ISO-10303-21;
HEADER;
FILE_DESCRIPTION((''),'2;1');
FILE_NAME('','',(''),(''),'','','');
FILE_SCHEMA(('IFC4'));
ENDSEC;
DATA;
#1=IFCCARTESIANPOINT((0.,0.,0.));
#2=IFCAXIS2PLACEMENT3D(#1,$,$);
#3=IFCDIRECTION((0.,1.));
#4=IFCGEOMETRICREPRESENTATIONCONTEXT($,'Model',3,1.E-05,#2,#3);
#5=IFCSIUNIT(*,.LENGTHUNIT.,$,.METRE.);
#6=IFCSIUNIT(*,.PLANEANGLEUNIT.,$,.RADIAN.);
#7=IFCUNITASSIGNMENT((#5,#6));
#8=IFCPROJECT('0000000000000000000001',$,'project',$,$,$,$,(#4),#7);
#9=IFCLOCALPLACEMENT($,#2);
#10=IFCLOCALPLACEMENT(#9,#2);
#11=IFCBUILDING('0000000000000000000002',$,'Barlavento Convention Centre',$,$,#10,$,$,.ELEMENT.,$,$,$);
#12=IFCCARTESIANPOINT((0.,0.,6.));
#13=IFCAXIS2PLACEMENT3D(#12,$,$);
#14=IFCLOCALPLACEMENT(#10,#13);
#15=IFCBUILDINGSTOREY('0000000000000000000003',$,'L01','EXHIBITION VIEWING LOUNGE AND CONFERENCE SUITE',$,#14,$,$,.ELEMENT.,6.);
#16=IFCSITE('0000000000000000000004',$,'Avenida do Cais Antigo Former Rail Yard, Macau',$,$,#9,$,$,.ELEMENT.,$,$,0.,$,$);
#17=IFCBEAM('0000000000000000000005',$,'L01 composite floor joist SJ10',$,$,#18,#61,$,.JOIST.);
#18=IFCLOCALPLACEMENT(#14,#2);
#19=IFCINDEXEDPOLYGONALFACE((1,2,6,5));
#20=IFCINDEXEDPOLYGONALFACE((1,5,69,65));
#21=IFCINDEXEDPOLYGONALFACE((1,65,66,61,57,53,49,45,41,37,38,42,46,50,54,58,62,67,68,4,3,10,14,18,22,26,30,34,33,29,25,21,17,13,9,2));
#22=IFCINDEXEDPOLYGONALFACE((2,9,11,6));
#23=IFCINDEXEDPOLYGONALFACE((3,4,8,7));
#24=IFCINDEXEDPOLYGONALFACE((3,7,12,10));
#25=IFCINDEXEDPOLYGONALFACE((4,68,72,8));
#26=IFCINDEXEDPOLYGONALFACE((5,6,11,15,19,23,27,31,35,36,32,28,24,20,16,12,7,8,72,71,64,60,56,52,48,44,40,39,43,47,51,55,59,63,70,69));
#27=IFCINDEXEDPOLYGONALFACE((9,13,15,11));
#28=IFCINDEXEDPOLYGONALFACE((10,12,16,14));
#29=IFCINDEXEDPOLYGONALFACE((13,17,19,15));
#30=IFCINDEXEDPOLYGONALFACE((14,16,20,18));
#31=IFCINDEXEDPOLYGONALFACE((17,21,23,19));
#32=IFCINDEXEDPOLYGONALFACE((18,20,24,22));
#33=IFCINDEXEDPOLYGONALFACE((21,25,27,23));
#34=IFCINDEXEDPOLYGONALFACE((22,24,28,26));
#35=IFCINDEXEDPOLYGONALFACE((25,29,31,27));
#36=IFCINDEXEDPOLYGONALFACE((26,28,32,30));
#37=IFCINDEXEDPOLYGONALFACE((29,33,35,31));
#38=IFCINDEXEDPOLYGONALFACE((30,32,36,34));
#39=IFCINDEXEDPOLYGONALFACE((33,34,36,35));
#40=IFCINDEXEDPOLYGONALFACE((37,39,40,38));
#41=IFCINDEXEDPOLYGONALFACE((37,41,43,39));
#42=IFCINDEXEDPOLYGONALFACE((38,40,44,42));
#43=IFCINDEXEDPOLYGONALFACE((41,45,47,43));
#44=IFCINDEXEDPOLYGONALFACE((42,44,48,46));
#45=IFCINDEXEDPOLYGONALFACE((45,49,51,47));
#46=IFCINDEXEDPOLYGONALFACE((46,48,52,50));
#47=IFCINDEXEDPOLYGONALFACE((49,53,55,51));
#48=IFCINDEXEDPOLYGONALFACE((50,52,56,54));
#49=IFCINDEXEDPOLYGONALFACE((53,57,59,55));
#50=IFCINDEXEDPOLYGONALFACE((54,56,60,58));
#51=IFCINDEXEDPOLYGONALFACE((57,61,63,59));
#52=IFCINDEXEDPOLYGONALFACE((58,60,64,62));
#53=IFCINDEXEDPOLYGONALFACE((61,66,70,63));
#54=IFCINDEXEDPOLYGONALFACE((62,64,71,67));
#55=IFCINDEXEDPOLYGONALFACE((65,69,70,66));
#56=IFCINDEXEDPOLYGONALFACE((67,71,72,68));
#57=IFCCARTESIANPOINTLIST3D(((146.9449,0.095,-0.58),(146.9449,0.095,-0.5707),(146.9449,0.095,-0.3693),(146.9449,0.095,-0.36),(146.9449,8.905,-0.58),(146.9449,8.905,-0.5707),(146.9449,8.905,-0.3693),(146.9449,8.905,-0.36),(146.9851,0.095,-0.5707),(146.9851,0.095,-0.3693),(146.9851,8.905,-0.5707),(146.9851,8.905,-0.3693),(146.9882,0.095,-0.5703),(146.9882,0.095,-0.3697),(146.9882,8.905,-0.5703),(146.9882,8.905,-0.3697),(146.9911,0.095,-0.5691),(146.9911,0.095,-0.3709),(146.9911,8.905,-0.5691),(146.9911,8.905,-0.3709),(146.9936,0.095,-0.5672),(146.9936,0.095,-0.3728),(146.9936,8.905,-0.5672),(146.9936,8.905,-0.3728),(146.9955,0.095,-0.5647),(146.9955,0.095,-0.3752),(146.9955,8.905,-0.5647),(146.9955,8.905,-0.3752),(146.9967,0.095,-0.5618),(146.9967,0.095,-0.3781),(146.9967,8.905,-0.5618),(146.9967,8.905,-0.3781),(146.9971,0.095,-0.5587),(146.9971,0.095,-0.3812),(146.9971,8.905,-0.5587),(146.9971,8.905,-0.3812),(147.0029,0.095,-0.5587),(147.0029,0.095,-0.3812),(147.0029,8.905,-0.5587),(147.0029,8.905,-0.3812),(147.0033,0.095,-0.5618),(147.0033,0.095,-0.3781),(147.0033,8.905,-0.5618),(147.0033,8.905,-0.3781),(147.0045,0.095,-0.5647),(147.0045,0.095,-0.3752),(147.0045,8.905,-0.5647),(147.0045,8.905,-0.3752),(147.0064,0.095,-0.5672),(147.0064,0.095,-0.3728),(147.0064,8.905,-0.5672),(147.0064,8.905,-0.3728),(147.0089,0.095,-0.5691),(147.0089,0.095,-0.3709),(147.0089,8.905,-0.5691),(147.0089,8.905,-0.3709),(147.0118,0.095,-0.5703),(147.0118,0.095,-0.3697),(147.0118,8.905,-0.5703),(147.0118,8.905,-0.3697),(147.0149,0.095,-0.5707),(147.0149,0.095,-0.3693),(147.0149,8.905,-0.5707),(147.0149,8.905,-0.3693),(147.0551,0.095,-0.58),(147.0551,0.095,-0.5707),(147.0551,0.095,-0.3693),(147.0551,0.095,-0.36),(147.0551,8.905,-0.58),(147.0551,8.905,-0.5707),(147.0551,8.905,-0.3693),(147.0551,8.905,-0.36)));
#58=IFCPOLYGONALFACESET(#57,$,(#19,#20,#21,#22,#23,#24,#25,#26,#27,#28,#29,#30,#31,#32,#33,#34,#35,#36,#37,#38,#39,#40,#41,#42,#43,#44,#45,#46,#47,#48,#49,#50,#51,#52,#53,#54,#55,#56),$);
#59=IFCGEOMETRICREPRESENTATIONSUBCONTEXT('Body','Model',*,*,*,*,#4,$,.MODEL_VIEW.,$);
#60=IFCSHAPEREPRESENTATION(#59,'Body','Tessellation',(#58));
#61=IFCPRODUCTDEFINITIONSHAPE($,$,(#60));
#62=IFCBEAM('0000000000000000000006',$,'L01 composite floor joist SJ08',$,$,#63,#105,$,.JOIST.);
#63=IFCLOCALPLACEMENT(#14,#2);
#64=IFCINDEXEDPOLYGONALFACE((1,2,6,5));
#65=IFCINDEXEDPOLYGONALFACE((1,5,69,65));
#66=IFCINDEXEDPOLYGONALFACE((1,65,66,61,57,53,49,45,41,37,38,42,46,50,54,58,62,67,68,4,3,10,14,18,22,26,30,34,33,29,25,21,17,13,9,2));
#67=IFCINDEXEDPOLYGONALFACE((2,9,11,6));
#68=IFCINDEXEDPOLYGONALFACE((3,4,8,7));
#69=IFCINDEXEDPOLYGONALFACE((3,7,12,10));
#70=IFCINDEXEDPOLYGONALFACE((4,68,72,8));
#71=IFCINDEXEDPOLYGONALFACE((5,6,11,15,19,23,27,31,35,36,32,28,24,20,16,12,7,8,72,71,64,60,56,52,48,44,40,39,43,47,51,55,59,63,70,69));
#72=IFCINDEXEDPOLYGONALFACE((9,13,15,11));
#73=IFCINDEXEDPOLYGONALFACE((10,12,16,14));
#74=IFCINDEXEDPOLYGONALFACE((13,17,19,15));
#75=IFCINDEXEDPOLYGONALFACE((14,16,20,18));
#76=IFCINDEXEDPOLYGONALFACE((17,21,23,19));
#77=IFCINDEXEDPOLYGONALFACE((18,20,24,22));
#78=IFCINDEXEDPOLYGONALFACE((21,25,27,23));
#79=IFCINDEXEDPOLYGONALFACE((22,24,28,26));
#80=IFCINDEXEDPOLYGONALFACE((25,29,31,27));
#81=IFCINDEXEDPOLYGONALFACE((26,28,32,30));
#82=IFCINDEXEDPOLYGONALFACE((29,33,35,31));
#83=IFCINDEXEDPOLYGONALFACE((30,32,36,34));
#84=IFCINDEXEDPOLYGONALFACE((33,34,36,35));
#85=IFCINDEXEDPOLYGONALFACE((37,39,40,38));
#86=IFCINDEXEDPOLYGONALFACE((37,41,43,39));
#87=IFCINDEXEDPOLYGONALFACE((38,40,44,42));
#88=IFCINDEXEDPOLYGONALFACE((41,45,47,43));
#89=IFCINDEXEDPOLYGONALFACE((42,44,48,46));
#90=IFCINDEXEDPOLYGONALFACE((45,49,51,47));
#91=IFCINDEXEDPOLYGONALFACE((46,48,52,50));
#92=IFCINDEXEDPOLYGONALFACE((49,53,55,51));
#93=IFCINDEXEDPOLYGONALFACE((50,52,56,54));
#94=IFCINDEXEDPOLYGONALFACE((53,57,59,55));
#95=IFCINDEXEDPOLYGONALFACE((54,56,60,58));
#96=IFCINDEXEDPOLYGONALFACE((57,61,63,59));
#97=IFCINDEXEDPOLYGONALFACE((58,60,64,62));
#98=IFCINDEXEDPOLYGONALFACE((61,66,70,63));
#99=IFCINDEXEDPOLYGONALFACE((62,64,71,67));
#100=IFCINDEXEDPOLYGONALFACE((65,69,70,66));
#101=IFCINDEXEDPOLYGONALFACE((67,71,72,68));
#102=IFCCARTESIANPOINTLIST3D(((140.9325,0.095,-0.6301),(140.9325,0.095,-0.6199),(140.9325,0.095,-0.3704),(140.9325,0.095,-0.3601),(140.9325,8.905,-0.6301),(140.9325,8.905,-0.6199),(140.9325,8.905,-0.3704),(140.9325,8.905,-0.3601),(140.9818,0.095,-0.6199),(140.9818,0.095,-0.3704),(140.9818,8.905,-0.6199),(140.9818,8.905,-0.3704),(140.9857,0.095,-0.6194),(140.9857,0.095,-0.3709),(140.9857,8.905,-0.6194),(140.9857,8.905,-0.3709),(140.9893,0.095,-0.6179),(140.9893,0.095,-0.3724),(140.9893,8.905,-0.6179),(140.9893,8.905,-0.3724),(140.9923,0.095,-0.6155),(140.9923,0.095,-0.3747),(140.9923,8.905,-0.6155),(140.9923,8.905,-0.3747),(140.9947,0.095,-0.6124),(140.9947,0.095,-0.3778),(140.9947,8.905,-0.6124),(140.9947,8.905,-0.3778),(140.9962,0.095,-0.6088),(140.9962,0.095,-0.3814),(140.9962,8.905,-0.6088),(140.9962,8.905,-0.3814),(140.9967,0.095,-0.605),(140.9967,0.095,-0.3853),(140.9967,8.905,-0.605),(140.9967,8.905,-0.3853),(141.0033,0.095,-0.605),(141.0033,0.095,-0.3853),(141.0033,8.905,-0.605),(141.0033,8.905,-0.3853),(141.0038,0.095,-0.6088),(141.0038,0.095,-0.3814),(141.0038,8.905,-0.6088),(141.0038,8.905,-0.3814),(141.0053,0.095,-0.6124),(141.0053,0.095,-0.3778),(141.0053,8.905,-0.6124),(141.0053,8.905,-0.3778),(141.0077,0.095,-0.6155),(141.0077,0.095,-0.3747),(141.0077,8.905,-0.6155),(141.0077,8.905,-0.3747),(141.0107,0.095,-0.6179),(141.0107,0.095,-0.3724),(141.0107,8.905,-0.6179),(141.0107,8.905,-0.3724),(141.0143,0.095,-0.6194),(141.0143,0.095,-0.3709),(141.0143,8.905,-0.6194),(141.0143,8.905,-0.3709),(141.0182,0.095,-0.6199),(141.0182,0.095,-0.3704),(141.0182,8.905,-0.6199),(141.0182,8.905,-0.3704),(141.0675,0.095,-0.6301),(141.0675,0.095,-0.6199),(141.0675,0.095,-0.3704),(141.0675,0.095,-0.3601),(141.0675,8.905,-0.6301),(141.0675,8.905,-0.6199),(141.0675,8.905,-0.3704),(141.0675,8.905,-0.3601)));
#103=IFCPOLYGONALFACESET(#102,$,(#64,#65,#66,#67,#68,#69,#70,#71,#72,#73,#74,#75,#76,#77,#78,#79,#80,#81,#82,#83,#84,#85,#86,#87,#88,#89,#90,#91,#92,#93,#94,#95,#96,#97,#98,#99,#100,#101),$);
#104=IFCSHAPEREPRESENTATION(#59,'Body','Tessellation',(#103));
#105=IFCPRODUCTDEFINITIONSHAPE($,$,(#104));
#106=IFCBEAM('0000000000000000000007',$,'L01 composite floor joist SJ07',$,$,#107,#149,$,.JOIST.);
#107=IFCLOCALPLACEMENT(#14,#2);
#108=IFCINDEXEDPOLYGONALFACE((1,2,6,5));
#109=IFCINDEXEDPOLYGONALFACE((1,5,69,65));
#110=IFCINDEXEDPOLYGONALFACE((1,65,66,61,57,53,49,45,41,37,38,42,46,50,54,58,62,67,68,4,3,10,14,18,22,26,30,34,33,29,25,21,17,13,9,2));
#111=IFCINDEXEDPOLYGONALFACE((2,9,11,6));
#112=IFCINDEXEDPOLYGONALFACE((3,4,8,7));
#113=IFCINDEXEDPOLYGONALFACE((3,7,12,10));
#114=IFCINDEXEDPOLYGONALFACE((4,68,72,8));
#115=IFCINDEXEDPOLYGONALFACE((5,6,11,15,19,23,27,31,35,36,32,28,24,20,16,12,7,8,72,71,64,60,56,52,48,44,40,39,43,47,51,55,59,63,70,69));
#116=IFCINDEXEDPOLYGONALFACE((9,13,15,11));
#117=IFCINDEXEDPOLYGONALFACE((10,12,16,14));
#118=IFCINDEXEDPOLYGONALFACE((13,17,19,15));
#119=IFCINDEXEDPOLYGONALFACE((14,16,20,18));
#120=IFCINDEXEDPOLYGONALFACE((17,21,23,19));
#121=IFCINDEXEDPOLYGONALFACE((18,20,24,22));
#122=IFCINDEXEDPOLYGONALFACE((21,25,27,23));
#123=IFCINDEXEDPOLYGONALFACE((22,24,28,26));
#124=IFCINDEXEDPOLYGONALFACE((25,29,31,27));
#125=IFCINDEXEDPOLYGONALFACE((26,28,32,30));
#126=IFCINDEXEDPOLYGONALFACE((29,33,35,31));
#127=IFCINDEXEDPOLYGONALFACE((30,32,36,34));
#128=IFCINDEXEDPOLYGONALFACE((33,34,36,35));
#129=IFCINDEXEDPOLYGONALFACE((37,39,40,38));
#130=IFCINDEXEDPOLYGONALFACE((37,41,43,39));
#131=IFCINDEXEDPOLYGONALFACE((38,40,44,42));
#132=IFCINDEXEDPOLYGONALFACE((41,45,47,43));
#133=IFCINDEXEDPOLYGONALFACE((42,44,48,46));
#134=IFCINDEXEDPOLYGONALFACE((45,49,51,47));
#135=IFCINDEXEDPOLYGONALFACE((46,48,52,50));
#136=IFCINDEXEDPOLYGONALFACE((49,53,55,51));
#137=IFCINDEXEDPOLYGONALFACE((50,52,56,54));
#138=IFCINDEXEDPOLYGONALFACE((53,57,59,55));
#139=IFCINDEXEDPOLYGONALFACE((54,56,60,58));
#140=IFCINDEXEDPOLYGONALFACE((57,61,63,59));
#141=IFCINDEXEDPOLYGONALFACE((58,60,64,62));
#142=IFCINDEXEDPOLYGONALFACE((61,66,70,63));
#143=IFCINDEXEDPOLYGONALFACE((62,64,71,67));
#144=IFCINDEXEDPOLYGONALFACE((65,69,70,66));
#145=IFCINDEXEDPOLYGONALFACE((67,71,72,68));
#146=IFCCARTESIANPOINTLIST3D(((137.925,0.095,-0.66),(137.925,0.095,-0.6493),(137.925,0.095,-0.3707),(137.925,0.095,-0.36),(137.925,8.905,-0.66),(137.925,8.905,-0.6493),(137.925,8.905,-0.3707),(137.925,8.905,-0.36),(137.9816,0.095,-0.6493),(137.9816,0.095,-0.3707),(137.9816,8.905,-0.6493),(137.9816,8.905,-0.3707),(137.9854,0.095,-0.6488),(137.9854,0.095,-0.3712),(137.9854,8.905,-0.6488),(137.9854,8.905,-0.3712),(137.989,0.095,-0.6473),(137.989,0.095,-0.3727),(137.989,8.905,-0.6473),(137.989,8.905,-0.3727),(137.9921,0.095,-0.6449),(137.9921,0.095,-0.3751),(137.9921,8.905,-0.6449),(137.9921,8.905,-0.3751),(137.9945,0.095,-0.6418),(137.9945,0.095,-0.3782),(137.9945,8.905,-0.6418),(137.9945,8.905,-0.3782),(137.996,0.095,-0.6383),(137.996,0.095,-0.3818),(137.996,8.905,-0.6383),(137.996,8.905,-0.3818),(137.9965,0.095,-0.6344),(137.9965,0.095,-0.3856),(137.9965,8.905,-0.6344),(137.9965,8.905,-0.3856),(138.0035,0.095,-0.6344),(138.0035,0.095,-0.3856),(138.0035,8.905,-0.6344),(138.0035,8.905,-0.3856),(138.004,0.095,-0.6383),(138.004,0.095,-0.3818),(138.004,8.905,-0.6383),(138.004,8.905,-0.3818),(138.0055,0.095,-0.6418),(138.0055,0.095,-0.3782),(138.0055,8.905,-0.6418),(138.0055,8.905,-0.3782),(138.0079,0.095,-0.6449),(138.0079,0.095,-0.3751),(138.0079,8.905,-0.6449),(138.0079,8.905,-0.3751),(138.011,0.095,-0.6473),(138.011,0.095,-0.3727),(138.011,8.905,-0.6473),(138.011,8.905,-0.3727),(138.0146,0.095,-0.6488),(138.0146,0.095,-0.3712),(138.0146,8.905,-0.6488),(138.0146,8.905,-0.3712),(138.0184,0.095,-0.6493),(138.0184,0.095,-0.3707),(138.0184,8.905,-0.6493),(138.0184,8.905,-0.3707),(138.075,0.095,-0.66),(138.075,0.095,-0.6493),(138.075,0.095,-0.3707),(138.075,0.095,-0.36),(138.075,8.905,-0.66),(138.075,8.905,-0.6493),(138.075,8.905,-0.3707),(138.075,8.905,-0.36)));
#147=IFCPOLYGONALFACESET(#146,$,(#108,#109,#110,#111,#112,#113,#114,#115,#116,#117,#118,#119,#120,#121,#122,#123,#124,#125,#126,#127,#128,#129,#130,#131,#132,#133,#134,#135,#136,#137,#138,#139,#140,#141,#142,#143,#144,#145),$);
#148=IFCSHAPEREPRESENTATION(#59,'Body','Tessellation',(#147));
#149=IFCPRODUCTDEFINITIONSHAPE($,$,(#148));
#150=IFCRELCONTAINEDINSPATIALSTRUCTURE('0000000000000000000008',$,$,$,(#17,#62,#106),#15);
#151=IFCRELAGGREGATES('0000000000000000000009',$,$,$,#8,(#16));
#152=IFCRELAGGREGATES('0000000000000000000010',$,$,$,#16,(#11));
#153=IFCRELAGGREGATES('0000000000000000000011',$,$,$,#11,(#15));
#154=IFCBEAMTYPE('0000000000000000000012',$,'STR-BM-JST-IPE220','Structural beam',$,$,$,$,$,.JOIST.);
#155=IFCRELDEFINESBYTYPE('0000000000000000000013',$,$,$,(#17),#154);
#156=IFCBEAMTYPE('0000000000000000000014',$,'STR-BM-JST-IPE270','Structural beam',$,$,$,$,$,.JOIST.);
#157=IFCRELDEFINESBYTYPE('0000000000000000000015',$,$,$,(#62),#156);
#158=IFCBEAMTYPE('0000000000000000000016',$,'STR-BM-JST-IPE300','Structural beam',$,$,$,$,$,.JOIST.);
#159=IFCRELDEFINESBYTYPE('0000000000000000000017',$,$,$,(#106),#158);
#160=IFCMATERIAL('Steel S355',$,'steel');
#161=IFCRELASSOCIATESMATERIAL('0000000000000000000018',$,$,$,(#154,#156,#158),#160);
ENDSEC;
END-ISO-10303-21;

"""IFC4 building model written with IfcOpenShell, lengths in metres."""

from ifc_helpers import new_model, si_unit, direction, frame, origin, origin_2d, place, context, subcontext, project, spatial, i_section, extrude, material, material_profile, profile_set, type_object, element, save


model = new_model("IFC4")

# Units and contexts
model_context = context("Model", 3, precision=1e-05, world=origin(), true_north=direction((0.0, 1.0)))
body_context = subcontext(model_context, "Body", "Model", "MODEL_VIEW")
ifc_project = project(units=[si_unit("LENGTHUNIT", "METRE"), si_unit("PLANEANGLEUNIT", "RADIAN")], contexts=[model_context])

# Site, building, storey
site_placement = place(None, origin())
site = spatial("IfcSite", under=ifc_project, at=site_placement, Name="Avenida do Cais Antigo Former Rail Yard, Macau", CompositionType="ELEMENT", RefElevation=0.0)
building_placement = place(site_placement, origin())
building = spatial("IfcBuilding", under=site, at=building_placement, Name="Barlavento Convention Centre", CompositionType="ELEMENT")
storey_placement = place(building_placement, frame((0.0, 0.0, 6.0)))
storey = spatial("IfcBuildingStorey", under=building, at=storey_placement, Name="L01", Description="EXHIBITION VIEWING LOUNGE AND CONFERENCE SUITE", CompositionType="ELEMENT", Elevation=6.0)

# Shared definitions
ifc_material_1 = material(Name="Steel S355", Category="steel")

# Beams
ifc_material_profile_1 = material_profile(ifc_material_1, i_section(OverallWidth=0.1101, OverallDepth=0.22, WebThickness=0.0059, FlangeThickness=0.0093, FilletRadius=0.012, at=origin_2d()), Name="IPE 220")
ifc_profile_set_1 = profile_set([ifc_material_profile_1], Name="Steel S355")
beam_type_1 = type_object("IfcBeamType", Name="STR-BM-JST-IPE220", Description="Structural beam", PredefinedType="JOIST", material=ifc_profile_set_1)
beam_1_placement = place(storey_placement, frame((147.0, 0.095, -0.47), z_axis=(0.0, 1.0, 0.0), x_axis=(-1.0, 0.0, 0.0)))
element("IfcBeam", 1, at=beam_1_placement, inside=storey, type_object=beam_type_1, Name="L01 composite floor joist SJ10", PredefinedType="JOIST", context=body_context, shape_type="SweptSolid", body=[
    extrude(i_section(OverallWidth=0.1101, OverallDepth=0.22, WebThickness=0.0059, FlangeThickness=0.0093, FilletRadius=0.012, at=origin_2d()), origin(), (0.0, 0.0, 1.0), 8.8101),
])
ifc_material_profile_2 = material_profile(ifc_material_1, i_section(OverallWidth=0.135, OverallDepth=0.27, WebThickness=0.0066, FlangeThickness=0.0103, FilletRadius=0.0149, at=origin_2d()), Name="IPE 270")
ifc_profile_set_2 = profile_set([ifc_material_profile_2], Name="Steel S355")
beam_type_2 = type_object("IfcBeamType", Name="STR-BM-JST-IPE270", Description="Structural beam", PredefinedType="JOIST", material=ifc_profile_set_2)
beam_2_placement = place(storey_placement, frame((141.0, 0.095, -0.4951), z_axis=(0.0, 1.0, 0.0), x_axis=(-1.0, 0.0, 0.0)))
element("IfcBeam", 2, at=beam_2_placement, inside=storey, type_object=beam_type_2, Name="L01 composite floor joist SJ08", PredefinedType="JOIST", context=body_context, shape_type="SweptSolid", body=[
    extrude(i_section(OverallWidth=0.135, OverallDepth=0.27, WebThickness=0.0066, FlangeThickness=0.0103, FilletRadius=0.0149, at=origin_2d()), origin(), (0.0, 0.0, 1.0), 8.8101),
])
ifc_material_profile_3 = material_profile(ifc_material_1, i_section(OverallWidth=0.1499, OverallDepth=0.3, WebThickness=0.0071, FlangeThickness=0.0107, FilletRadius=0.0149, at=origin_2d()), Name="IPE 300")
ifc_profile_set_3 = profile_set([ifc_material_profile_3], Name="Steel S355")
beam_type_3 = type_object("IfcBeamType", Name="STR-BM-JST-IPE300", Description="Structural beam", PredefinedType="JOIST", material=ifc_profile_set_3)
beam_3_placement = place(storey_placement, frame((138.0, 0.095, -0.51), z_axis=(0.0, 1.0, 0.0), x_axis=(-1.0, 0.0, 0.0)))
element("IfcBeam", 3, at=beam_3_placement, inside=storey, type_object=beam_type_3, Name="L01 composite floor joist SJ07", PredefinedType="JOIST", context=body_context, shape_type="SweptSolid", body=[
    extrude(i_section(OverallWidth=0.1499, OverallDepth=0.3, WebThickness=0.0071, FlangeThickness=0.0107, FilletRadius=0.0149, at=origin_2d()), origin(), (0.0, 0.0, 1.0), 8.8101),
])

save(model, "model.ifc")
